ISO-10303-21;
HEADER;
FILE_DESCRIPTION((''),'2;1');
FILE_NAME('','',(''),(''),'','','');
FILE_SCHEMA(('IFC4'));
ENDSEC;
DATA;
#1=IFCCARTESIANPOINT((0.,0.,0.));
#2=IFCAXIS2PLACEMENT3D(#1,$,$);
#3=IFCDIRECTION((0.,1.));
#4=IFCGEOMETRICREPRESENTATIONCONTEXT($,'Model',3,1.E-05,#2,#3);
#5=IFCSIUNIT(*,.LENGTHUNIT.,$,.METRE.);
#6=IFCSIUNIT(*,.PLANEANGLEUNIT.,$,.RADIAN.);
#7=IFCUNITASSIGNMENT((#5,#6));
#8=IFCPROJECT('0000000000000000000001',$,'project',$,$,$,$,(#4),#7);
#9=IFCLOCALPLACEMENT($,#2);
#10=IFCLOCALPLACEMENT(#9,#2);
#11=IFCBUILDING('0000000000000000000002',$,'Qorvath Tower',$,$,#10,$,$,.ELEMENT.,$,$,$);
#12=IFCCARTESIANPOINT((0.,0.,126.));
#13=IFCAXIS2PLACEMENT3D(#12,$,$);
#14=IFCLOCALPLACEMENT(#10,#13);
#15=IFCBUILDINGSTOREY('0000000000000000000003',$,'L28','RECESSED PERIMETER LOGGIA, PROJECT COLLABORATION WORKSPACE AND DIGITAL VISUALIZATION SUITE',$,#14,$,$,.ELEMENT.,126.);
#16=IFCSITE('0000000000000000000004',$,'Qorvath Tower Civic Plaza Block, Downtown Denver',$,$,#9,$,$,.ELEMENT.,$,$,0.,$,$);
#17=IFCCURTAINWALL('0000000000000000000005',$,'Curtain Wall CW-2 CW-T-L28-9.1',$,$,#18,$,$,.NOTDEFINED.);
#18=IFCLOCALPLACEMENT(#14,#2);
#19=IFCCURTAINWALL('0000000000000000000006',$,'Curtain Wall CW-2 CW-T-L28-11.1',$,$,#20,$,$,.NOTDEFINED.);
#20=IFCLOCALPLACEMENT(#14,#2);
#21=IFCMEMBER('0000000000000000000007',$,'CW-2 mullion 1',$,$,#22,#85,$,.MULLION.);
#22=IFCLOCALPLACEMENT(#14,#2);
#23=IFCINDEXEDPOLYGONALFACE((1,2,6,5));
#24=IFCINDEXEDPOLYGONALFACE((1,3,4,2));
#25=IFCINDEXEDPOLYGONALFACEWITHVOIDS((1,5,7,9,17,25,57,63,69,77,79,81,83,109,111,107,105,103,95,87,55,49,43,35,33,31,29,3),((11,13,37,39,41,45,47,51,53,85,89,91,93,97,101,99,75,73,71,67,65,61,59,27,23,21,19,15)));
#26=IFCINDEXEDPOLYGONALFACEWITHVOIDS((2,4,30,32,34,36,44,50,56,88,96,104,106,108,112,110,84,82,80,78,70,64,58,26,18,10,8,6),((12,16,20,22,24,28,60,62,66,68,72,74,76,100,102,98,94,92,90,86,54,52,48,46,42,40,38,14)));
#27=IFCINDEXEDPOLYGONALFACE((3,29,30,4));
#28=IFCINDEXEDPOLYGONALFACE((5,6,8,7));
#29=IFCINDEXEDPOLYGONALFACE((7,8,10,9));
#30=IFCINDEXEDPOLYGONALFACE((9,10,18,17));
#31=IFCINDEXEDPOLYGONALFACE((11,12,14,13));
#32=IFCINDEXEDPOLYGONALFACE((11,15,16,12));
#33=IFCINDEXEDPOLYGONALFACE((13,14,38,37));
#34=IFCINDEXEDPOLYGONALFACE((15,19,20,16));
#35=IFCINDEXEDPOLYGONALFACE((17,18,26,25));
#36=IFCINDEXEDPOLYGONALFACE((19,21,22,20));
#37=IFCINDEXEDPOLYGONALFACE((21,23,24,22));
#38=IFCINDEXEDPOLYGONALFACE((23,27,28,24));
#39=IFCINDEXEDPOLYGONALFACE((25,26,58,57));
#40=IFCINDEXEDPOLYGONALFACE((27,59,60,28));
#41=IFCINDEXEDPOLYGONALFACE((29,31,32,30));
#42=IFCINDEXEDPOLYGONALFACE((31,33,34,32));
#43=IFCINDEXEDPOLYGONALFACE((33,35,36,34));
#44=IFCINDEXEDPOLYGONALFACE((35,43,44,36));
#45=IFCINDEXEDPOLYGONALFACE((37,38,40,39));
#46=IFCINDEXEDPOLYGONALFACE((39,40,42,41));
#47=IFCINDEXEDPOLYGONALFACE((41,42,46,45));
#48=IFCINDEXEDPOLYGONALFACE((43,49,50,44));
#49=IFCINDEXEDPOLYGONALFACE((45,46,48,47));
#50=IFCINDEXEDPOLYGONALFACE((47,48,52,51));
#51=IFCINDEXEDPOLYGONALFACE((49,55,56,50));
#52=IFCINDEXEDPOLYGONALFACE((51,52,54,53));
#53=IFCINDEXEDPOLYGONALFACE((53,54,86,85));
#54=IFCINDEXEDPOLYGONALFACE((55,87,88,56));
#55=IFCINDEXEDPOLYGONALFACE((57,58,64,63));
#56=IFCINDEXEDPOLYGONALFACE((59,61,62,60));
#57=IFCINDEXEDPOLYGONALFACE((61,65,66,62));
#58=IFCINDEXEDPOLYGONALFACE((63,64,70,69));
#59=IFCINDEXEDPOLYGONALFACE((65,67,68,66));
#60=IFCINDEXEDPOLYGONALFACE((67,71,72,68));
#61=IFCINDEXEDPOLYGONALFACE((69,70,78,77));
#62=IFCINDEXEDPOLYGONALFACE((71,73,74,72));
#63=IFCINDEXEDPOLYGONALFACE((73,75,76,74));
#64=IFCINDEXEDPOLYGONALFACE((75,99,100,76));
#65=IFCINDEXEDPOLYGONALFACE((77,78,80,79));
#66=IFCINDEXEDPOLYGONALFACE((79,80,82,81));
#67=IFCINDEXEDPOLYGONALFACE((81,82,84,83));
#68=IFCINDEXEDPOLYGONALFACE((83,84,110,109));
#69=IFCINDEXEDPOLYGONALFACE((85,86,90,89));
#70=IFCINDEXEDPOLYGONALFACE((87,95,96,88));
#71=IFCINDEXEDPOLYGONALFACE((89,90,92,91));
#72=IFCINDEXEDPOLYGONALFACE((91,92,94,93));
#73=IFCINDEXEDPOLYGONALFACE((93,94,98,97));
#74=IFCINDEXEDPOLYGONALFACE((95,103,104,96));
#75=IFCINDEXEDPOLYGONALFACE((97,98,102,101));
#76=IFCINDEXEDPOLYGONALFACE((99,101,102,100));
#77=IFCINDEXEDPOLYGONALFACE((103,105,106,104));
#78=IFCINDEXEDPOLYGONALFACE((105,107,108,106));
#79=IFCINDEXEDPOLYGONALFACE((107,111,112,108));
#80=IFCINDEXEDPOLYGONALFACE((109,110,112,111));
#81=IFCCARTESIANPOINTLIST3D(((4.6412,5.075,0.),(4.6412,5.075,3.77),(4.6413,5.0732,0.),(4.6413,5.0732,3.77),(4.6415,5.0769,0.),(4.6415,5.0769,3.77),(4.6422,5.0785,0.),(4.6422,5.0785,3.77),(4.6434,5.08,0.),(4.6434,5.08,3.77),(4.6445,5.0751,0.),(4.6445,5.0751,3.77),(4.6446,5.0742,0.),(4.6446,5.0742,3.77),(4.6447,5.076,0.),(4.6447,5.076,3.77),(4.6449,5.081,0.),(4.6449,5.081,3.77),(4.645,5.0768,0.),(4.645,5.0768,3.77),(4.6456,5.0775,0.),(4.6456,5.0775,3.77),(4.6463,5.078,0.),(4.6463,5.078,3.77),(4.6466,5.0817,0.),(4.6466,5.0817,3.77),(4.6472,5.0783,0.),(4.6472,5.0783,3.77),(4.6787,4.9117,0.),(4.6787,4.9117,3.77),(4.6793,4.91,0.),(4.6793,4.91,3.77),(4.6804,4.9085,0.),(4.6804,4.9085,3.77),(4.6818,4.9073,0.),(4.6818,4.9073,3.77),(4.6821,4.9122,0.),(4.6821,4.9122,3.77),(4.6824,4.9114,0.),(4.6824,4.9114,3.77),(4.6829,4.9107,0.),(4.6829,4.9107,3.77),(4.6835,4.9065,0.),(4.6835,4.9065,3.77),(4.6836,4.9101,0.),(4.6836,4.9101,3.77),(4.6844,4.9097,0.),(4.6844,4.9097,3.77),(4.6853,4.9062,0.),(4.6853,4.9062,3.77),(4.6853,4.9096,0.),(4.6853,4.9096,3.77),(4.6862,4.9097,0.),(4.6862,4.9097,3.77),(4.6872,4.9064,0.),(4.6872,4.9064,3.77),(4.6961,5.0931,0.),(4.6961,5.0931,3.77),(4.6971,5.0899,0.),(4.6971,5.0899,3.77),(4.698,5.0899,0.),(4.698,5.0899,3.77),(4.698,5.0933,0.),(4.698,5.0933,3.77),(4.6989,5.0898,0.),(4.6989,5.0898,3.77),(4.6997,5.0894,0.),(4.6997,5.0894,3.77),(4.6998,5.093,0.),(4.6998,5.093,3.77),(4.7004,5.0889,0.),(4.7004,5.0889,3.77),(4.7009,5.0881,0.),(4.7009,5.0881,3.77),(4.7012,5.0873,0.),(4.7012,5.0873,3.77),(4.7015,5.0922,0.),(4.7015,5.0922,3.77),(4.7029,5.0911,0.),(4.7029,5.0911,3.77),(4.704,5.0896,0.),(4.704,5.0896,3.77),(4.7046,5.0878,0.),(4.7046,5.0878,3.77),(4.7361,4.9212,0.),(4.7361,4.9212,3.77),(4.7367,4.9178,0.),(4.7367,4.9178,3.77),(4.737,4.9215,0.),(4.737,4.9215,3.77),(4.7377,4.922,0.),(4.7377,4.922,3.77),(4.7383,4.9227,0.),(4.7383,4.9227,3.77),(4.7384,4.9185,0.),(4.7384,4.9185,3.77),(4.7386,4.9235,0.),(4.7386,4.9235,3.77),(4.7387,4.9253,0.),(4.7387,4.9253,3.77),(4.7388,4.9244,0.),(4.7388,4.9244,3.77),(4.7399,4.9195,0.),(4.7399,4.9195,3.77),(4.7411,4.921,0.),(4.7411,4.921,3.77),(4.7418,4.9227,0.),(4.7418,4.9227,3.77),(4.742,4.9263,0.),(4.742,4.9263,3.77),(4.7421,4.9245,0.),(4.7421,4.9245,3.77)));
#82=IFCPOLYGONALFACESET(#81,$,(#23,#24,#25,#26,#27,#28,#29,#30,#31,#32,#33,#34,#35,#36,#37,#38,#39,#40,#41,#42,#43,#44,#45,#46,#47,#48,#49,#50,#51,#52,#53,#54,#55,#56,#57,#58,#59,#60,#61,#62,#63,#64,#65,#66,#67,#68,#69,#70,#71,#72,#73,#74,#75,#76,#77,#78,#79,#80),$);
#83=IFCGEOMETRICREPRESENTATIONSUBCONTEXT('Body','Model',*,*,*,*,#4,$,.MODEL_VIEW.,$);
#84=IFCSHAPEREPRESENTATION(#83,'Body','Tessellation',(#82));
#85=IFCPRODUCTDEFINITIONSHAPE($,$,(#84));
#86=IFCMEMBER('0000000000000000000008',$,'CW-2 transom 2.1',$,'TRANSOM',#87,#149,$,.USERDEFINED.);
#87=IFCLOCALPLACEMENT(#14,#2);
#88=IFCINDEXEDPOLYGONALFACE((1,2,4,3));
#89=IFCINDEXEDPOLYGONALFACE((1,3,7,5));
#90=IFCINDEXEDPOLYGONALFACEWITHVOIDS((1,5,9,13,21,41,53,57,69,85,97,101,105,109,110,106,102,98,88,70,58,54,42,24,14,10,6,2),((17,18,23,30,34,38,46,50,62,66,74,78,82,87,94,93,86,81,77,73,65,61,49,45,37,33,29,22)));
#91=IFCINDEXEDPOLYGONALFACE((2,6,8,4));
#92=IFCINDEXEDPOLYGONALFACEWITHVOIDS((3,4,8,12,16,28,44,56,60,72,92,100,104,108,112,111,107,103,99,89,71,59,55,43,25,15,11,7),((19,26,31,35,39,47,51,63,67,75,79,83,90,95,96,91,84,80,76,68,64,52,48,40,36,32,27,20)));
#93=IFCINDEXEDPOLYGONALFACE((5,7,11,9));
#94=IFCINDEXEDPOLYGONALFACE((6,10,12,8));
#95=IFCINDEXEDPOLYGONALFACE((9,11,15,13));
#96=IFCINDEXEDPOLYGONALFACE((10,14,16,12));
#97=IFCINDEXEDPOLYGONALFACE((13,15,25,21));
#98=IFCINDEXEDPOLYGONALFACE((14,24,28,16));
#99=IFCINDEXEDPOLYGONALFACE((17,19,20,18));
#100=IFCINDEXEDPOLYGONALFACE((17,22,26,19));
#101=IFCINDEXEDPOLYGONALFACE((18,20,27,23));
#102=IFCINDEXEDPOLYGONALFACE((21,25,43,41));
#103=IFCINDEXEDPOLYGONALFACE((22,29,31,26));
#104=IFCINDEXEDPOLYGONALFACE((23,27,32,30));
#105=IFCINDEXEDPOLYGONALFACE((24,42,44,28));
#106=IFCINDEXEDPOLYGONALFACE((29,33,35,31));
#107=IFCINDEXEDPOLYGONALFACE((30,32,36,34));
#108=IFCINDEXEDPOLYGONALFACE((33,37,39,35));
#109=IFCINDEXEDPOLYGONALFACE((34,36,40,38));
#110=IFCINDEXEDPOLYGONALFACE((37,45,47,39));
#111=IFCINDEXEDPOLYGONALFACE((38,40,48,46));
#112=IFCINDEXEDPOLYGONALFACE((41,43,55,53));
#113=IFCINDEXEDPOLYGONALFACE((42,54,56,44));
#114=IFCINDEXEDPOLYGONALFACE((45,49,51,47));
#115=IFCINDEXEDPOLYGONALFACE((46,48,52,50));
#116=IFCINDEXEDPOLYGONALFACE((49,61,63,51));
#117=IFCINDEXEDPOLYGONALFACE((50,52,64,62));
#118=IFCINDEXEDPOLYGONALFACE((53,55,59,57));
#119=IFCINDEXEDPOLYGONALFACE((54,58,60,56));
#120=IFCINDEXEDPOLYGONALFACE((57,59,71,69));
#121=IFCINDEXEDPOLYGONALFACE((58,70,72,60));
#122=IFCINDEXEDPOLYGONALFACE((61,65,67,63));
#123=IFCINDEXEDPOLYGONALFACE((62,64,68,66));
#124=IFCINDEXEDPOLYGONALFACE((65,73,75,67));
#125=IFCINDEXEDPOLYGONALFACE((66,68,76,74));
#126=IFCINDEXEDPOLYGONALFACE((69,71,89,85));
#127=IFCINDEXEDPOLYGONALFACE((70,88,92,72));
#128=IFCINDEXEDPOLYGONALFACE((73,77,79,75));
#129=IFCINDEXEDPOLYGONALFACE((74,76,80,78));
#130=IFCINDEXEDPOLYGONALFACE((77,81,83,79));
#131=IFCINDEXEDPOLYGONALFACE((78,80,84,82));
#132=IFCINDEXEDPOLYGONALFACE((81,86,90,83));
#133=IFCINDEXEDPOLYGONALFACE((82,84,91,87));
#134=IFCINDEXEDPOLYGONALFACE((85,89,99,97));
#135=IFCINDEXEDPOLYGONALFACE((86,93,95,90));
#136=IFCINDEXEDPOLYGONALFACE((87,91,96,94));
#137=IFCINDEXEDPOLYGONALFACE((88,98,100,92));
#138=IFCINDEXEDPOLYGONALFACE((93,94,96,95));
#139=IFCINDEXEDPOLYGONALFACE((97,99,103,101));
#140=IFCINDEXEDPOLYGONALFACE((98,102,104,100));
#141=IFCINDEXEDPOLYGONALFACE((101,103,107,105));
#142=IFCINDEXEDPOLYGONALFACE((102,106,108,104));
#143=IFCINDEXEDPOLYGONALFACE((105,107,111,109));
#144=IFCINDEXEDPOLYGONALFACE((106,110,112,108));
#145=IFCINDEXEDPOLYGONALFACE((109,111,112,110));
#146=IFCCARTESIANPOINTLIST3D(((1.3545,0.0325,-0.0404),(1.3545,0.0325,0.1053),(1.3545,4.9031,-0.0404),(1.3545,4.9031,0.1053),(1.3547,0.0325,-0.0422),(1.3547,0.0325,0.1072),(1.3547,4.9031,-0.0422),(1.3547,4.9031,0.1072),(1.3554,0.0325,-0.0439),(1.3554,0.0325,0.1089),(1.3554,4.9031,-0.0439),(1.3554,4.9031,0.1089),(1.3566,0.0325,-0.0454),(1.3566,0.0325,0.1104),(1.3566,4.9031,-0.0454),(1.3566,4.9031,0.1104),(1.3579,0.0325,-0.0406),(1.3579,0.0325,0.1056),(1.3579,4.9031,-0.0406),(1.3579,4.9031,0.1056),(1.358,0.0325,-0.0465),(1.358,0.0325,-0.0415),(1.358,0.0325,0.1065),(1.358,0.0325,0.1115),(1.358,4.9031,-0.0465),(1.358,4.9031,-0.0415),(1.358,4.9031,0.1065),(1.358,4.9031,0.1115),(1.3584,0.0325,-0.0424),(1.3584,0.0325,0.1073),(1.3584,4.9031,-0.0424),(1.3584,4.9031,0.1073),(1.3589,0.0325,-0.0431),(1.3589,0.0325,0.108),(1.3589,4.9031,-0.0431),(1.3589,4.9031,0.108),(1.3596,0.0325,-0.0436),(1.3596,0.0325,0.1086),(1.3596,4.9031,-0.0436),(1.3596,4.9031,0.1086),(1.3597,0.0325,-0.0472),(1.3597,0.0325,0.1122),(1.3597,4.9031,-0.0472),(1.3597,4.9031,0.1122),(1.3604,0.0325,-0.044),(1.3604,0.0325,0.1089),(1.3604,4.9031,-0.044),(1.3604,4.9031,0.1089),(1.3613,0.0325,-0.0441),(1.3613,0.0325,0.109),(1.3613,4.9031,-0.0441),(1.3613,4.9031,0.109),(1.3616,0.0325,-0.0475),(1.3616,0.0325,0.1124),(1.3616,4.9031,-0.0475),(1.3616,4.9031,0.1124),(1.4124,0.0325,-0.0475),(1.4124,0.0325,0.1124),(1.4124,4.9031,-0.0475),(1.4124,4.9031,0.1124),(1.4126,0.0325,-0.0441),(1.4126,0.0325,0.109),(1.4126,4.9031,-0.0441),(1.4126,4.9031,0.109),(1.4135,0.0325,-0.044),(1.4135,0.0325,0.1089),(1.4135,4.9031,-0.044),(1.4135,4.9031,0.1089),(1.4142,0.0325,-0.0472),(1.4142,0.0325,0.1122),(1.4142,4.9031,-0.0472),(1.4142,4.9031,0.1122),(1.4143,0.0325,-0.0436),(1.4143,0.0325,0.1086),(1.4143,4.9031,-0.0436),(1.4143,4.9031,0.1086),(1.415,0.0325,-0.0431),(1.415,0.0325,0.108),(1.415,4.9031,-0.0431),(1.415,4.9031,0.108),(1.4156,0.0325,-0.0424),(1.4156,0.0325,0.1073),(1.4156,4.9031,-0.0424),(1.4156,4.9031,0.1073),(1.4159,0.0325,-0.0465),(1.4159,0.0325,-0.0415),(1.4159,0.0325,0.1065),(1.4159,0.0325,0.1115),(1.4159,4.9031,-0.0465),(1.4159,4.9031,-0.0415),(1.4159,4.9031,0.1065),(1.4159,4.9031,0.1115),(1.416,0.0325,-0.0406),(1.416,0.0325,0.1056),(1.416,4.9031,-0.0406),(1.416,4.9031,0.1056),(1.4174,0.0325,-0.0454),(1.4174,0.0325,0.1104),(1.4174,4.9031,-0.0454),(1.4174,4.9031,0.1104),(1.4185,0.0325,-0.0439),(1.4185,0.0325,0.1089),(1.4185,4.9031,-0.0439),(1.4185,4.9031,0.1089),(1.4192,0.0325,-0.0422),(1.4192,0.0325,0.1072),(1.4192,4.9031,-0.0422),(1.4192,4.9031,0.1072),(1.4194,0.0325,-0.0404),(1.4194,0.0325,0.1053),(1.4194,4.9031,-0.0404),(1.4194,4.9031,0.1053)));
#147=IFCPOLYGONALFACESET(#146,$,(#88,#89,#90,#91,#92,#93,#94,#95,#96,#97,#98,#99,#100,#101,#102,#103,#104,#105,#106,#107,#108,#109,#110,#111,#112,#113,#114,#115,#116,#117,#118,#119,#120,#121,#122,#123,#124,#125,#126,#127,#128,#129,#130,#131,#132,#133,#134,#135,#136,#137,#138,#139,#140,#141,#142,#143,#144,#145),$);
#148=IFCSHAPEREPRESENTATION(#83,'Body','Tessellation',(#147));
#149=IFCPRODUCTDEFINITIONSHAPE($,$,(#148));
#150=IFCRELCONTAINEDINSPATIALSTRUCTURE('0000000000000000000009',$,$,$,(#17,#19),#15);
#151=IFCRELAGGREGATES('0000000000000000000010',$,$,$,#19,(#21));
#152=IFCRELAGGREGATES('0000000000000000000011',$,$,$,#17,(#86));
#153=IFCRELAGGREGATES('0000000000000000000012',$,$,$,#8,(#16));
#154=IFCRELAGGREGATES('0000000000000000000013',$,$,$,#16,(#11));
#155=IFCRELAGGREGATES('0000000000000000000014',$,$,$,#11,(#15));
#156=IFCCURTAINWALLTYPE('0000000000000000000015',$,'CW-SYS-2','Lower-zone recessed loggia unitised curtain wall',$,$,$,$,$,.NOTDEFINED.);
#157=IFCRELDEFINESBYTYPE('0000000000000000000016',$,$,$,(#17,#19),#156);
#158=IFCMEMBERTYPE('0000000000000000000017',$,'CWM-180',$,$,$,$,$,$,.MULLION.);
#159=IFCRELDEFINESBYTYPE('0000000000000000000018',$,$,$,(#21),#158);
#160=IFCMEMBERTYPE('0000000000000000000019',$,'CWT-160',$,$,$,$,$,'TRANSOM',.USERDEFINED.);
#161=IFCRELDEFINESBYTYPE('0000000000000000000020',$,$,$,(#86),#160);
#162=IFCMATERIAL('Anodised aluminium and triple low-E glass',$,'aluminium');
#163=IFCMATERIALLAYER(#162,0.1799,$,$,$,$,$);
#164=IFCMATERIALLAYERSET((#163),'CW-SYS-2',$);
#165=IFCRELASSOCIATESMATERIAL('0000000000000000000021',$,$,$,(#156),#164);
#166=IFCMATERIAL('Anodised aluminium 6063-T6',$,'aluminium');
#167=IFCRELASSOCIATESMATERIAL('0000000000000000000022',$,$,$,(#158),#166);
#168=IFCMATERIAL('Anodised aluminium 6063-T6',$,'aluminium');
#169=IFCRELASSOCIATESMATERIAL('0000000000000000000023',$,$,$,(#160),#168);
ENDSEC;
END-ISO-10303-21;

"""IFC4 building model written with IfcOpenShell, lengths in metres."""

from ifc_helpers import new_model, si_unit, direction, frame, origin, origin_2d, place, context, subcontext, project, spatial, hollow_rectangle, extrude, material, layer, layer_set, material_profile, profile_set, type_object, element, aggregate, save


model = new_model("IFC4")

# Units and contexts
model_context = context("Model", 3, precision=1e-05, world=origin(), true_north=direction((0.0, 1.0)))
body_context = subcontext(model_context, "Body", "Model", "MODEL_VIEW")
ifc_project = project(units=[si_unit("LENGTHUNIT", "METRE"), si_unit("PLANEANGLEUNIT", "RADIAN")], contexts=[model_context])

# Site, building, storey
site_placement = place(None, origin())
site = spatial("IfcSite", under=ifc_project, at=site_placement, Name="Qorvath Tower Civic Plaza Block, Downtown Denver", CompositionType="ELEMENT", RefElevation=0.0)
building_placement = place(site_placement, origin())
building = spatial("IfcBuilding", under=site, at=building_placement, Name="Qorvath Tower", CompositionType="ELEMENT")
storey_placement = place(building_placement, frame((0.0, 0.0, 126.0)))
storey = spatial("IfcBuildingStorey", under=building, at=storey_placement, Name="L28", Description="RECESSED PERIMETER LOGGIA, PROJECT COLLABORATION WORKSPACE AND DIGITAL VISUALIZATION SUITE", CompositionType="ELEMENT", Elevation=126.0)

# Curtain wall
ifc_material_1 = material(Name="Anodised aluminium and triple low-E glass", Category="aluminium")
ifc_layer_1 = layer(ifc_material_1, 0.1799)
ifc_layer_set_1 = layer_set([ifc_layer_1], Name="CW-SYS-2")
curtain_wall_type = type_object("IfcCurtainWallType", Name="CW-SYS-2", Description="Lower-zone recessed loggia unitised curtain wall", PredefinedType="NOTDEFINED", material=ifc_layer_set_1)
curtain_wall_1_placement = place(storey_placement, origin())
curtain_wall_1 = element("IfcCurtainWall", 1, at=curtain_wall_1_placement, inside=storey, type_object=curtain_wall_type, Name="Curtain Wall CW-2 CW-T-L28-9.1", PredefinedType="NOTDEFINED")
ifc_material_2 = material(Name="Anodised aluminium 6063-T6", Category="aluminium")
ifc_material_profile_1 = material_profile(ifc_material_2, hollow_rectangle(XDim=0.0649, YDim=0.1799, WallThickness=0.0034, InnerFilletRadius=0.0034, OuterFilletRadius=0.0071, at=origin_2d()), Name="CWM 180x65")
ifc_profile_set_1 = profile_set([ifc_material_profile_1], Name="Anodised aluminium 6063-T6")
member_type_1 = type_object("IfcMemberType", Name="CWM-180", PredefinedType="MULLION", material=ifc_profile_set_1)

# Curtain wall, member
curtain_wall_2_placement = place(storey_placement, origin())
curtain_wall_2 = element("IfcCurtainWall", 2, at=curtain_wall_2_placement, inside=storey, type_object=curtain_wall_type, Name="Curtain Wall CW-2 CW-T-L28-11.1", PredefinedType="NOTDEFINED")
member_1_placement = place(storey_placement, frame((4.6917, 4.9998, 0.0), z_axis=(0.0, 0.0, 1.0), x_axis=(-0.974296, -0.22527, 0.0)))
member_1 = element("IfcMember", 3, at=member_1_placement, type_object=member_type_1, Name="CW-2 mullion 1", PredefinedType="MULLION", context=body_context, shape_type="SweptSolid", body=[
    extrude(hollow_rectangle(XDim=0.0649, YDim=0.1799, WallThickness=0.0034, InnerFilletRadius=0.0034, OuterFilletRadius=0.0071, at=origin_2d()), origin(), (0.0, 0.0, 1.0), 3.77),
])

# Member
ifc_material_3 = material(Name="Anodised aluminium 6063-T6", Category="aluminium")
ifc_material_profile_2 = material_profile(ifc_material_3, hollow_rectangle(XDim=0.0649, YDim=0.1599, WallThickness=0.0034, InnerFilletRadius=0.0034, OuterFilletRadius=0.0071, at=origin_2d()), Name="CWT 160x65")
ifc_profile_set_2 = profile_set([ifc_material_profile_2], Name="Anodised aluminium 6063-T6")
member_type_2 = type_object("IfcMemberType", Name="CWT-160", ElementType="TRANSOM", PredefinedType="USERDEFINED", material=ifc_profile_set_2)
member_2_placement = place(storey_placement, frame((1.387, 0.0325, 0.0325), z_axis=(0.0, 1.0, 0.0), x_axis=(-1.0, 0.0, 0.0)))
member_2 = element("IfcMember", 4, at=member_2_placement, type_object=member_type_2, Name="CW-2 transom 2.1", ObjectType="TRANSOM", PredefinedType="USERDEFINED", context=body_context, shape_type="SweptSolid", body=[
    extrude(hollow_rectangle(XDim=0.0649, YDim=0.1599, WallThickness=0.0034, InnerFilletRadius=0.0034, OuterFilletRadius=0.0071, at=origin_2d()), origin(), (0.0, 0.0, 1.0), 4.8706),
])
aggregate(curtain_wall_2, [member_1])

aggregate(curtain_wall_1, [member_2])

save(model, "model.ifc")
